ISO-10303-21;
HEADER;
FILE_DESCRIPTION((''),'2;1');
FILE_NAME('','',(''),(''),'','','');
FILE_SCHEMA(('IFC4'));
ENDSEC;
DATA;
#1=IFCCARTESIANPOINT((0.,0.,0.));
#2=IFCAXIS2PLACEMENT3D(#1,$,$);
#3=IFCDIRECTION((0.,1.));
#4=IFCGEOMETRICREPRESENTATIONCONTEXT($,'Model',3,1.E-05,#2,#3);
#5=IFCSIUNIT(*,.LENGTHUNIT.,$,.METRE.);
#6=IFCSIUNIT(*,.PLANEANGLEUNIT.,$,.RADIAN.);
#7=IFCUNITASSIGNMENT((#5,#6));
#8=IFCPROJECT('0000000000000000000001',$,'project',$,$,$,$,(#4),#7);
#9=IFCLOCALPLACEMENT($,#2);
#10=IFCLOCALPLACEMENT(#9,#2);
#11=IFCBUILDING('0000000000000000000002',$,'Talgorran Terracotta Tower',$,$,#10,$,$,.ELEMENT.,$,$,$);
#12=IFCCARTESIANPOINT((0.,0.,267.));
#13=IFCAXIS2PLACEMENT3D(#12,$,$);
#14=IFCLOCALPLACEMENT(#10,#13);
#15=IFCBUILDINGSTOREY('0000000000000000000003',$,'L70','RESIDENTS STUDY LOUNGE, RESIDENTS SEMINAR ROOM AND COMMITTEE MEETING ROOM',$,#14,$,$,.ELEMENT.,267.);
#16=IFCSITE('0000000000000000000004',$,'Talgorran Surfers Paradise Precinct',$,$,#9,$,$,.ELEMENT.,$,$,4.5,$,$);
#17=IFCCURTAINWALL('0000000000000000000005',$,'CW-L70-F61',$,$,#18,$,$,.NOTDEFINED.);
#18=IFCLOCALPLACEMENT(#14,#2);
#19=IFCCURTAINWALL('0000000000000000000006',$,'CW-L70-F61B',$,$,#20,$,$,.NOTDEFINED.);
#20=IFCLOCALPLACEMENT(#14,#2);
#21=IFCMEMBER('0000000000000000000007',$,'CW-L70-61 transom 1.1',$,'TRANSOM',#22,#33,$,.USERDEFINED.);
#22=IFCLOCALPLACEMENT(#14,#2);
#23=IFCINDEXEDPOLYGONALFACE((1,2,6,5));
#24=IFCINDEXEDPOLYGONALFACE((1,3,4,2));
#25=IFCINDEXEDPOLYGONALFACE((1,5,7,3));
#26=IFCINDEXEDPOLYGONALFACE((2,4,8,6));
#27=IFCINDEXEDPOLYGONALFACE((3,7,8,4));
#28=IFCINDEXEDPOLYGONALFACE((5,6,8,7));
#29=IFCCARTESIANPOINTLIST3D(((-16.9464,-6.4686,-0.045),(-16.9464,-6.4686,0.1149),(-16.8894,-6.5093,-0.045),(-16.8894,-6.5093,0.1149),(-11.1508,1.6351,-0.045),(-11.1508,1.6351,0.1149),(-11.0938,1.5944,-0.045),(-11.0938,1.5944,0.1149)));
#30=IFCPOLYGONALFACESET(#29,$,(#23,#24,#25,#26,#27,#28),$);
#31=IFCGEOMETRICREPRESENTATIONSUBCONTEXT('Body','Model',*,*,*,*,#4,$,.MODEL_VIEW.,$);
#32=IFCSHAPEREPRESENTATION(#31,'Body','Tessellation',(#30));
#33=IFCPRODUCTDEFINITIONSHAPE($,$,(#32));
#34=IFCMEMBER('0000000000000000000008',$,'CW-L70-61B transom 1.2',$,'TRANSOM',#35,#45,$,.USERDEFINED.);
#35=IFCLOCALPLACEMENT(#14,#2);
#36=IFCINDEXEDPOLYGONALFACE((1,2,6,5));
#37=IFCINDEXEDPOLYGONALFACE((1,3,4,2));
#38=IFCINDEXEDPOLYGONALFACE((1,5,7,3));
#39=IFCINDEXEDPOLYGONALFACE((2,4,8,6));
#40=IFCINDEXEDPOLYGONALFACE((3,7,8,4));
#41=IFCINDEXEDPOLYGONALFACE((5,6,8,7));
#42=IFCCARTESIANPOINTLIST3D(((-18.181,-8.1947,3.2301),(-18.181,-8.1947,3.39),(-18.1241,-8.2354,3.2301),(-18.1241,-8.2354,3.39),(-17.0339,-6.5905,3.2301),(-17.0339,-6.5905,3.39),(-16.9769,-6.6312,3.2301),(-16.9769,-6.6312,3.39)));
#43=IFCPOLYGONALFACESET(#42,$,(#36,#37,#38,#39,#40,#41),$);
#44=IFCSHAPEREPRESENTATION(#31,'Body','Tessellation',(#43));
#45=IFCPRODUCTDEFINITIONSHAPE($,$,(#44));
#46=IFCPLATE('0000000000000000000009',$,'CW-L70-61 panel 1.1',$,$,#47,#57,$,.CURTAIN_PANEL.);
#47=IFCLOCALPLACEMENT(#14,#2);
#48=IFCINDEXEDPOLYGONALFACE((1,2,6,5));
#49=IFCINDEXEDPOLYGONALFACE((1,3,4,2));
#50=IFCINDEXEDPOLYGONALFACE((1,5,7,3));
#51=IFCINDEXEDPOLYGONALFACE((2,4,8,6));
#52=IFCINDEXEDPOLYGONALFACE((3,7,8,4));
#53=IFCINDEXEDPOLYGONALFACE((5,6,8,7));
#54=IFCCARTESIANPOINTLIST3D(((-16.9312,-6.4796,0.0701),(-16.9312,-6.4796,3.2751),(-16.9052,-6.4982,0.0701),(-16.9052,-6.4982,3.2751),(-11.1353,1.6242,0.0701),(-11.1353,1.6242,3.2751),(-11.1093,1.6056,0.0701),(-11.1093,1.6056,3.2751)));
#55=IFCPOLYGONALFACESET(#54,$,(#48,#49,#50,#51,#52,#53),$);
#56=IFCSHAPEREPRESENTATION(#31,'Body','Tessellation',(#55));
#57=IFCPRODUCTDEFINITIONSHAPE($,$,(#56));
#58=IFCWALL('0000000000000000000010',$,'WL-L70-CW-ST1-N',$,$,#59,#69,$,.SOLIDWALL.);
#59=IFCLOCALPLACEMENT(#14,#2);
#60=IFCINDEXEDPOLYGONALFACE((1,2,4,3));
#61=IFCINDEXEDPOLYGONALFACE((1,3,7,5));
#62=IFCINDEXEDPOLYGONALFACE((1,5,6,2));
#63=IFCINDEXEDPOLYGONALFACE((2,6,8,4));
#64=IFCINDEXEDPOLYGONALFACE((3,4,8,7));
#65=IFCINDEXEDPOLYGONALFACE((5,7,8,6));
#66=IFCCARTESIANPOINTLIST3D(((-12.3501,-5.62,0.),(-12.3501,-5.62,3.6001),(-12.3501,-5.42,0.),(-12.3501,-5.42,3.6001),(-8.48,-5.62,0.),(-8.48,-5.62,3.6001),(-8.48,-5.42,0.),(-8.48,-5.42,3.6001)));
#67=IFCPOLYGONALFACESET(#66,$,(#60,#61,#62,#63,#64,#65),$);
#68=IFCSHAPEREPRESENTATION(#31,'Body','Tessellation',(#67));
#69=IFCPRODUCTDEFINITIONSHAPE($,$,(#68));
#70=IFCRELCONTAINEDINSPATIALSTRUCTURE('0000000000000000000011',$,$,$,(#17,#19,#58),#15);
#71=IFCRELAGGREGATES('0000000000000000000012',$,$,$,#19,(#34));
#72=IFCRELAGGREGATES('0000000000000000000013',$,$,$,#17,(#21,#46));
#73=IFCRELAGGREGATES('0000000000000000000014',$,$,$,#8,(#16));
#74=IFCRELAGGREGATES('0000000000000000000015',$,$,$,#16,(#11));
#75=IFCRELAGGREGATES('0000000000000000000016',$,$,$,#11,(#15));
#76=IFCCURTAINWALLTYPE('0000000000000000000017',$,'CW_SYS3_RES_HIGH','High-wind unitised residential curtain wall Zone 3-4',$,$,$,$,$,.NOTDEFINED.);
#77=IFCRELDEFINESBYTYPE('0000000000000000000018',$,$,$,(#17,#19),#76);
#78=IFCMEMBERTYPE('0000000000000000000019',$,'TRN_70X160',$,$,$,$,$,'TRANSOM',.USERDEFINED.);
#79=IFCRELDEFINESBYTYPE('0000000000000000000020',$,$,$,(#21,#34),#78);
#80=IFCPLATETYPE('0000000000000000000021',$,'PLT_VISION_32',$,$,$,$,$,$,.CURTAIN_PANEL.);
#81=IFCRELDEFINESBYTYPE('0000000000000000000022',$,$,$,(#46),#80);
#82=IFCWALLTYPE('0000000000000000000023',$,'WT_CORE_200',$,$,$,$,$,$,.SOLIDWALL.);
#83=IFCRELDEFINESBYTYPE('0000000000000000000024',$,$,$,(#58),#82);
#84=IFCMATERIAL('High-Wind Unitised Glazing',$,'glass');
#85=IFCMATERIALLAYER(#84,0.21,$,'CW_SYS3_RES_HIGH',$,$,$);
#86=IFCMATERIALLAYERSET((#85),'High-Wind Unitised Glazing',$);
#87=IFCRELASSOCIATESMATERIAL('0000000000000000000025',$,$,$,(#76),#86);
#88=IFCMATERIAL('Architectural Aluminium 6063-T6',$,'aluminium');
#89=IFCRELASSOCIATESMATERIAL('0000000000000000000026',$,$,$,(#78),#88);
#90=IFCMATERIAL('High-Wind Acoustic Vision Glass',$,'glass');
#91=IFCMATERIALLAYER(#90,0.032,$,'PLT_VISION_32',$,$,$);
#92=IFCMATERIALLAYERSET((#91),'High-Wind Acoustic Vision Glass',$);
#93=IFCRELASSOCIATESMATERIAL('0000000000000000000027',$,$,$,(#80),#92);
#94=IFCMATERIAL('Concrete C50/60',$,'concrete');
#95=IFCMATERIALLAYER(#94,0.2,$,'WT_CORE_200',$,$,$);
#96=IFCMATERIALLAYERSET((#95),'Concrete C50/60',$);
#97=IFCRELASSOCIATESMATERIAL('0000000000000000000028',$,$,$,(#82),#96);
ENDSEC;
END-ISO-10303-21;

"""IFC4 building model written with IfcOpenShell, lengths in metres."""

from ifc_helpers import new_model, si_unit, direction, frame, frame_2d, origin, origin_2d, place, context, subcontext, project, spatial, rectangle, extrude, source, transform, mapped, material, layer, layer_set, material_profile, profile_set, type_object, type_shapes, element, aggregate, save


model = new_model("IFC4")

# Units and contexts
model_context = context("Model", 3, precision=1e-05, world=origin(), true_north=direction((0.0, 1.0)))
body_context = subcontext(model_context, "Body", "Model", "MODEL_VIEW")
ifc_project = project(units=[si_unit("LENGTHUNIT", "METRE"), si_unit("PLANEANGLEUNIT", "RADIAN")], contexts=[model_context])

# Site, building, storey
site_placement = place(None, origin())
site = spatial("IfcSite", under=ifc_project, at=site_placement, Name="Talgorran Surfers Paradise Precinct", CompositionType="ELEMENT", RefElevation=4.5)
building_placement = place(site_placement, origin())
building = spatial("IfcBuilding", under=site, at=building_placement, Name="Talgorran Terracotta Tower", CompositionType="ELEMENT")
storey_placement = place(building_placement, frame((0.0, 0.0, 267.0)))
storey = spatial("IfcBuildingStorey", under=building, at=storey_placement, Name="L70", Description="RESIDENTS STUDY LOUNGE, RESIDENTS SEMINAR ROOM AND COMMITTEE MEETING ROOM", CompositionType="ELEMENT", Elevation=267.0)

# Curtain walls
ifc_material_1 = material(Name="High-Wind Unitised Glazing", Category="glass")
ifc_layer_1 = layer(ifc_material_1, 0.21, Name="CW_SYS3_RES_HIGH")
ifc_layer_set_1 = layer_set([ifc_layer_1], Name="High-Wind Unitised Glazing")
curtain_wall_type = type_object("IfcCurtainWallType", Name="CW_SYS3_RES_HIGH", Description="High-wind unitised residential curtain wall Zone 3-4", PredefinedType="NOTDEFINED", material=ifc_layer_set_1)
curtain_wall_1_placement = place(storey_placement, origin())
curtain_wall_1 = element("IfcCurtainWall", 1, at=curtain_wall_1_placement, inside=storey, type_object=curtain_wall_type, Name="CW-L70-F61", PredefinedType="NOTDEFINED")
ifc_material_2 = material(Name="Architectural Aluminium 6063-T6", Category="aluminium")
curtain_wall_2_placement = place(storey_placement, origin())
curtain_wall_2 = element("IfcCurtainWall", 2, at=curtain_wall_2_placement, inside=storey, type_object=curtain_wall_type, Name="CW-L70-F61B", PredefinedType="NOTDEFINED")

# Members
ifc_material_profile_1 = material_profile(ifc_material_2, rectangle(XDim=0.0701, YDim=0.1599, at=origin_2d()), Name="CWT70X160")
ifc_profile_set_1 = profile_set([ifc_material_profile_1], Name="Architectural Aluminium 6063-T6")
member_type_1 = type_object("IfcMemberType", Name="TRN_70X160", ElementType="TRANSOM", PredefinedType="USERDEFINED", material=ifc_profile_set_1)
member_1_placement = place(storey_placement, frame((-11.1223, 1.6147, 0.0349), z_axis=(-0.58172, -0.813389, 0.0), x_axis=(0.813389, -0.58172, 0.0)))
member_1 = element("IfcMember", 3, at=member_1_placement, type_object=member_type_1, Name="CW-L70-61 transom 1.1", ObjectType="TRANSOM", PredefinedType="USERDEFINED", context=body_context, shape_type="SweptSolid", body=[
    extrude(rectangle(XDim=0.0701, YDim=0.1599, at=origin_2d()), origin(), (0.0, 0.0, 1.0), 9.9629),
])
member_2_placement = place(storey_placement, frame((-17.0054, -6.6108, 3.3101), z_axis=(-0.581683, -0.813416, 0.0), x_axis=(0.813416, -0.581683, 0.0)))
member_2 = element("IfcMember", 4, at=member_2_placement, type_object=member_type_1, Name="CW-L70-61B transom 1.2", ObjectType="TRANSOM", PredefinedType="USERDEFINED", context=body_context, shape_type="SweptSolid", body=[
    extrude(rectangle(XDim=0.0701, YDim=0.1599, at=origin_2d()), origin(), (0.0, 0.0, 1.0), 1.9722),
])
aggregate(curtain_wall_2, [member_2])

# Plate
ifc_material_3 = material(Name="High-Wind Acoustic Vision Glass", Category="glass")
ifc_layer_2 = layer(ifc_material_3, 0.032, Name="PLT_VISION_32")
ifc_layer_set_2 = layer_set([ifc_layer_2], Name="High-Wind Acoustic Vision Glass")
plate_type = type_object("IfcPlateType", Name="PLT_VISION_32", PredefinedType="CURTAIN_PANEL", material=ifc_layer_set_2)
shared_shape = source(origin(), body_context, "Body", "SweptSolid", [
    extrude(rectangle(XDim=9.9631, YDim=0.032, at=origin_2d()), origin(), (0.0, 0.0, 1.0), 3.2051),
])
type_shapes(plate_type, [shared_shape])
plate_placement = place(storey_placement, frame((-14.0203, -2.437, 0.0701), z_axis=(0.0, 0.0, 1.0), x_axis=(-0.581731, -0.813382, 0.0)))
plate = element("IfcPlate", 5, at=plate_placement, type_object=plate_type, Name="CW-L70-61 panel 1.1", PredefinedType="CURTAIN_PANEL", context=body_context, shape_type="MappedRepresentation", body=[
    mapped(shared_shape, transform((0.0, 0.0, 0.0), scale=1.0)),
])
aggregate(curtain_wall_1, [member_1, plate])

# Wall
ifc_material_4 = material(Name="Concrete C50/60", Category="concrete")
ifc_layer_3 = layer(ifc_material_4, 0.2, Name="WT_CORE_200")
ifc_layer_set_3 = layer_set([ifc_layer_3], Name="Concrete C50/60")
wall_type_1 = type_object("IfcWallType", Name="WT_CORE_200", PredefinedType="SOLIDWALL", material=ifc_layer_set_3)
wall_1_placement = place(storey_placement, frame((-12.3501, -5.52, 0.0), z_axis=(0.0, 0.0, 1.0), x_axis=(1.0, 0.0, 0.0)))
element("IfcWall", 6, at=wall_1_placement, inside=storey, type_object=wall_type_1, Name="WL-L70-CW-ST1-N", PredefinedType="SOLIDWALL", context=body_context, shape_type="SweptSolid", body=[
    extrude(rectangle(XDim=3.8701, YDim=0.2, at=frame_2d((1.9351, 0.0))), origin(), (0.0, 0.0, 1.0), 3.6001),
])

save(model, "model.ifc")
